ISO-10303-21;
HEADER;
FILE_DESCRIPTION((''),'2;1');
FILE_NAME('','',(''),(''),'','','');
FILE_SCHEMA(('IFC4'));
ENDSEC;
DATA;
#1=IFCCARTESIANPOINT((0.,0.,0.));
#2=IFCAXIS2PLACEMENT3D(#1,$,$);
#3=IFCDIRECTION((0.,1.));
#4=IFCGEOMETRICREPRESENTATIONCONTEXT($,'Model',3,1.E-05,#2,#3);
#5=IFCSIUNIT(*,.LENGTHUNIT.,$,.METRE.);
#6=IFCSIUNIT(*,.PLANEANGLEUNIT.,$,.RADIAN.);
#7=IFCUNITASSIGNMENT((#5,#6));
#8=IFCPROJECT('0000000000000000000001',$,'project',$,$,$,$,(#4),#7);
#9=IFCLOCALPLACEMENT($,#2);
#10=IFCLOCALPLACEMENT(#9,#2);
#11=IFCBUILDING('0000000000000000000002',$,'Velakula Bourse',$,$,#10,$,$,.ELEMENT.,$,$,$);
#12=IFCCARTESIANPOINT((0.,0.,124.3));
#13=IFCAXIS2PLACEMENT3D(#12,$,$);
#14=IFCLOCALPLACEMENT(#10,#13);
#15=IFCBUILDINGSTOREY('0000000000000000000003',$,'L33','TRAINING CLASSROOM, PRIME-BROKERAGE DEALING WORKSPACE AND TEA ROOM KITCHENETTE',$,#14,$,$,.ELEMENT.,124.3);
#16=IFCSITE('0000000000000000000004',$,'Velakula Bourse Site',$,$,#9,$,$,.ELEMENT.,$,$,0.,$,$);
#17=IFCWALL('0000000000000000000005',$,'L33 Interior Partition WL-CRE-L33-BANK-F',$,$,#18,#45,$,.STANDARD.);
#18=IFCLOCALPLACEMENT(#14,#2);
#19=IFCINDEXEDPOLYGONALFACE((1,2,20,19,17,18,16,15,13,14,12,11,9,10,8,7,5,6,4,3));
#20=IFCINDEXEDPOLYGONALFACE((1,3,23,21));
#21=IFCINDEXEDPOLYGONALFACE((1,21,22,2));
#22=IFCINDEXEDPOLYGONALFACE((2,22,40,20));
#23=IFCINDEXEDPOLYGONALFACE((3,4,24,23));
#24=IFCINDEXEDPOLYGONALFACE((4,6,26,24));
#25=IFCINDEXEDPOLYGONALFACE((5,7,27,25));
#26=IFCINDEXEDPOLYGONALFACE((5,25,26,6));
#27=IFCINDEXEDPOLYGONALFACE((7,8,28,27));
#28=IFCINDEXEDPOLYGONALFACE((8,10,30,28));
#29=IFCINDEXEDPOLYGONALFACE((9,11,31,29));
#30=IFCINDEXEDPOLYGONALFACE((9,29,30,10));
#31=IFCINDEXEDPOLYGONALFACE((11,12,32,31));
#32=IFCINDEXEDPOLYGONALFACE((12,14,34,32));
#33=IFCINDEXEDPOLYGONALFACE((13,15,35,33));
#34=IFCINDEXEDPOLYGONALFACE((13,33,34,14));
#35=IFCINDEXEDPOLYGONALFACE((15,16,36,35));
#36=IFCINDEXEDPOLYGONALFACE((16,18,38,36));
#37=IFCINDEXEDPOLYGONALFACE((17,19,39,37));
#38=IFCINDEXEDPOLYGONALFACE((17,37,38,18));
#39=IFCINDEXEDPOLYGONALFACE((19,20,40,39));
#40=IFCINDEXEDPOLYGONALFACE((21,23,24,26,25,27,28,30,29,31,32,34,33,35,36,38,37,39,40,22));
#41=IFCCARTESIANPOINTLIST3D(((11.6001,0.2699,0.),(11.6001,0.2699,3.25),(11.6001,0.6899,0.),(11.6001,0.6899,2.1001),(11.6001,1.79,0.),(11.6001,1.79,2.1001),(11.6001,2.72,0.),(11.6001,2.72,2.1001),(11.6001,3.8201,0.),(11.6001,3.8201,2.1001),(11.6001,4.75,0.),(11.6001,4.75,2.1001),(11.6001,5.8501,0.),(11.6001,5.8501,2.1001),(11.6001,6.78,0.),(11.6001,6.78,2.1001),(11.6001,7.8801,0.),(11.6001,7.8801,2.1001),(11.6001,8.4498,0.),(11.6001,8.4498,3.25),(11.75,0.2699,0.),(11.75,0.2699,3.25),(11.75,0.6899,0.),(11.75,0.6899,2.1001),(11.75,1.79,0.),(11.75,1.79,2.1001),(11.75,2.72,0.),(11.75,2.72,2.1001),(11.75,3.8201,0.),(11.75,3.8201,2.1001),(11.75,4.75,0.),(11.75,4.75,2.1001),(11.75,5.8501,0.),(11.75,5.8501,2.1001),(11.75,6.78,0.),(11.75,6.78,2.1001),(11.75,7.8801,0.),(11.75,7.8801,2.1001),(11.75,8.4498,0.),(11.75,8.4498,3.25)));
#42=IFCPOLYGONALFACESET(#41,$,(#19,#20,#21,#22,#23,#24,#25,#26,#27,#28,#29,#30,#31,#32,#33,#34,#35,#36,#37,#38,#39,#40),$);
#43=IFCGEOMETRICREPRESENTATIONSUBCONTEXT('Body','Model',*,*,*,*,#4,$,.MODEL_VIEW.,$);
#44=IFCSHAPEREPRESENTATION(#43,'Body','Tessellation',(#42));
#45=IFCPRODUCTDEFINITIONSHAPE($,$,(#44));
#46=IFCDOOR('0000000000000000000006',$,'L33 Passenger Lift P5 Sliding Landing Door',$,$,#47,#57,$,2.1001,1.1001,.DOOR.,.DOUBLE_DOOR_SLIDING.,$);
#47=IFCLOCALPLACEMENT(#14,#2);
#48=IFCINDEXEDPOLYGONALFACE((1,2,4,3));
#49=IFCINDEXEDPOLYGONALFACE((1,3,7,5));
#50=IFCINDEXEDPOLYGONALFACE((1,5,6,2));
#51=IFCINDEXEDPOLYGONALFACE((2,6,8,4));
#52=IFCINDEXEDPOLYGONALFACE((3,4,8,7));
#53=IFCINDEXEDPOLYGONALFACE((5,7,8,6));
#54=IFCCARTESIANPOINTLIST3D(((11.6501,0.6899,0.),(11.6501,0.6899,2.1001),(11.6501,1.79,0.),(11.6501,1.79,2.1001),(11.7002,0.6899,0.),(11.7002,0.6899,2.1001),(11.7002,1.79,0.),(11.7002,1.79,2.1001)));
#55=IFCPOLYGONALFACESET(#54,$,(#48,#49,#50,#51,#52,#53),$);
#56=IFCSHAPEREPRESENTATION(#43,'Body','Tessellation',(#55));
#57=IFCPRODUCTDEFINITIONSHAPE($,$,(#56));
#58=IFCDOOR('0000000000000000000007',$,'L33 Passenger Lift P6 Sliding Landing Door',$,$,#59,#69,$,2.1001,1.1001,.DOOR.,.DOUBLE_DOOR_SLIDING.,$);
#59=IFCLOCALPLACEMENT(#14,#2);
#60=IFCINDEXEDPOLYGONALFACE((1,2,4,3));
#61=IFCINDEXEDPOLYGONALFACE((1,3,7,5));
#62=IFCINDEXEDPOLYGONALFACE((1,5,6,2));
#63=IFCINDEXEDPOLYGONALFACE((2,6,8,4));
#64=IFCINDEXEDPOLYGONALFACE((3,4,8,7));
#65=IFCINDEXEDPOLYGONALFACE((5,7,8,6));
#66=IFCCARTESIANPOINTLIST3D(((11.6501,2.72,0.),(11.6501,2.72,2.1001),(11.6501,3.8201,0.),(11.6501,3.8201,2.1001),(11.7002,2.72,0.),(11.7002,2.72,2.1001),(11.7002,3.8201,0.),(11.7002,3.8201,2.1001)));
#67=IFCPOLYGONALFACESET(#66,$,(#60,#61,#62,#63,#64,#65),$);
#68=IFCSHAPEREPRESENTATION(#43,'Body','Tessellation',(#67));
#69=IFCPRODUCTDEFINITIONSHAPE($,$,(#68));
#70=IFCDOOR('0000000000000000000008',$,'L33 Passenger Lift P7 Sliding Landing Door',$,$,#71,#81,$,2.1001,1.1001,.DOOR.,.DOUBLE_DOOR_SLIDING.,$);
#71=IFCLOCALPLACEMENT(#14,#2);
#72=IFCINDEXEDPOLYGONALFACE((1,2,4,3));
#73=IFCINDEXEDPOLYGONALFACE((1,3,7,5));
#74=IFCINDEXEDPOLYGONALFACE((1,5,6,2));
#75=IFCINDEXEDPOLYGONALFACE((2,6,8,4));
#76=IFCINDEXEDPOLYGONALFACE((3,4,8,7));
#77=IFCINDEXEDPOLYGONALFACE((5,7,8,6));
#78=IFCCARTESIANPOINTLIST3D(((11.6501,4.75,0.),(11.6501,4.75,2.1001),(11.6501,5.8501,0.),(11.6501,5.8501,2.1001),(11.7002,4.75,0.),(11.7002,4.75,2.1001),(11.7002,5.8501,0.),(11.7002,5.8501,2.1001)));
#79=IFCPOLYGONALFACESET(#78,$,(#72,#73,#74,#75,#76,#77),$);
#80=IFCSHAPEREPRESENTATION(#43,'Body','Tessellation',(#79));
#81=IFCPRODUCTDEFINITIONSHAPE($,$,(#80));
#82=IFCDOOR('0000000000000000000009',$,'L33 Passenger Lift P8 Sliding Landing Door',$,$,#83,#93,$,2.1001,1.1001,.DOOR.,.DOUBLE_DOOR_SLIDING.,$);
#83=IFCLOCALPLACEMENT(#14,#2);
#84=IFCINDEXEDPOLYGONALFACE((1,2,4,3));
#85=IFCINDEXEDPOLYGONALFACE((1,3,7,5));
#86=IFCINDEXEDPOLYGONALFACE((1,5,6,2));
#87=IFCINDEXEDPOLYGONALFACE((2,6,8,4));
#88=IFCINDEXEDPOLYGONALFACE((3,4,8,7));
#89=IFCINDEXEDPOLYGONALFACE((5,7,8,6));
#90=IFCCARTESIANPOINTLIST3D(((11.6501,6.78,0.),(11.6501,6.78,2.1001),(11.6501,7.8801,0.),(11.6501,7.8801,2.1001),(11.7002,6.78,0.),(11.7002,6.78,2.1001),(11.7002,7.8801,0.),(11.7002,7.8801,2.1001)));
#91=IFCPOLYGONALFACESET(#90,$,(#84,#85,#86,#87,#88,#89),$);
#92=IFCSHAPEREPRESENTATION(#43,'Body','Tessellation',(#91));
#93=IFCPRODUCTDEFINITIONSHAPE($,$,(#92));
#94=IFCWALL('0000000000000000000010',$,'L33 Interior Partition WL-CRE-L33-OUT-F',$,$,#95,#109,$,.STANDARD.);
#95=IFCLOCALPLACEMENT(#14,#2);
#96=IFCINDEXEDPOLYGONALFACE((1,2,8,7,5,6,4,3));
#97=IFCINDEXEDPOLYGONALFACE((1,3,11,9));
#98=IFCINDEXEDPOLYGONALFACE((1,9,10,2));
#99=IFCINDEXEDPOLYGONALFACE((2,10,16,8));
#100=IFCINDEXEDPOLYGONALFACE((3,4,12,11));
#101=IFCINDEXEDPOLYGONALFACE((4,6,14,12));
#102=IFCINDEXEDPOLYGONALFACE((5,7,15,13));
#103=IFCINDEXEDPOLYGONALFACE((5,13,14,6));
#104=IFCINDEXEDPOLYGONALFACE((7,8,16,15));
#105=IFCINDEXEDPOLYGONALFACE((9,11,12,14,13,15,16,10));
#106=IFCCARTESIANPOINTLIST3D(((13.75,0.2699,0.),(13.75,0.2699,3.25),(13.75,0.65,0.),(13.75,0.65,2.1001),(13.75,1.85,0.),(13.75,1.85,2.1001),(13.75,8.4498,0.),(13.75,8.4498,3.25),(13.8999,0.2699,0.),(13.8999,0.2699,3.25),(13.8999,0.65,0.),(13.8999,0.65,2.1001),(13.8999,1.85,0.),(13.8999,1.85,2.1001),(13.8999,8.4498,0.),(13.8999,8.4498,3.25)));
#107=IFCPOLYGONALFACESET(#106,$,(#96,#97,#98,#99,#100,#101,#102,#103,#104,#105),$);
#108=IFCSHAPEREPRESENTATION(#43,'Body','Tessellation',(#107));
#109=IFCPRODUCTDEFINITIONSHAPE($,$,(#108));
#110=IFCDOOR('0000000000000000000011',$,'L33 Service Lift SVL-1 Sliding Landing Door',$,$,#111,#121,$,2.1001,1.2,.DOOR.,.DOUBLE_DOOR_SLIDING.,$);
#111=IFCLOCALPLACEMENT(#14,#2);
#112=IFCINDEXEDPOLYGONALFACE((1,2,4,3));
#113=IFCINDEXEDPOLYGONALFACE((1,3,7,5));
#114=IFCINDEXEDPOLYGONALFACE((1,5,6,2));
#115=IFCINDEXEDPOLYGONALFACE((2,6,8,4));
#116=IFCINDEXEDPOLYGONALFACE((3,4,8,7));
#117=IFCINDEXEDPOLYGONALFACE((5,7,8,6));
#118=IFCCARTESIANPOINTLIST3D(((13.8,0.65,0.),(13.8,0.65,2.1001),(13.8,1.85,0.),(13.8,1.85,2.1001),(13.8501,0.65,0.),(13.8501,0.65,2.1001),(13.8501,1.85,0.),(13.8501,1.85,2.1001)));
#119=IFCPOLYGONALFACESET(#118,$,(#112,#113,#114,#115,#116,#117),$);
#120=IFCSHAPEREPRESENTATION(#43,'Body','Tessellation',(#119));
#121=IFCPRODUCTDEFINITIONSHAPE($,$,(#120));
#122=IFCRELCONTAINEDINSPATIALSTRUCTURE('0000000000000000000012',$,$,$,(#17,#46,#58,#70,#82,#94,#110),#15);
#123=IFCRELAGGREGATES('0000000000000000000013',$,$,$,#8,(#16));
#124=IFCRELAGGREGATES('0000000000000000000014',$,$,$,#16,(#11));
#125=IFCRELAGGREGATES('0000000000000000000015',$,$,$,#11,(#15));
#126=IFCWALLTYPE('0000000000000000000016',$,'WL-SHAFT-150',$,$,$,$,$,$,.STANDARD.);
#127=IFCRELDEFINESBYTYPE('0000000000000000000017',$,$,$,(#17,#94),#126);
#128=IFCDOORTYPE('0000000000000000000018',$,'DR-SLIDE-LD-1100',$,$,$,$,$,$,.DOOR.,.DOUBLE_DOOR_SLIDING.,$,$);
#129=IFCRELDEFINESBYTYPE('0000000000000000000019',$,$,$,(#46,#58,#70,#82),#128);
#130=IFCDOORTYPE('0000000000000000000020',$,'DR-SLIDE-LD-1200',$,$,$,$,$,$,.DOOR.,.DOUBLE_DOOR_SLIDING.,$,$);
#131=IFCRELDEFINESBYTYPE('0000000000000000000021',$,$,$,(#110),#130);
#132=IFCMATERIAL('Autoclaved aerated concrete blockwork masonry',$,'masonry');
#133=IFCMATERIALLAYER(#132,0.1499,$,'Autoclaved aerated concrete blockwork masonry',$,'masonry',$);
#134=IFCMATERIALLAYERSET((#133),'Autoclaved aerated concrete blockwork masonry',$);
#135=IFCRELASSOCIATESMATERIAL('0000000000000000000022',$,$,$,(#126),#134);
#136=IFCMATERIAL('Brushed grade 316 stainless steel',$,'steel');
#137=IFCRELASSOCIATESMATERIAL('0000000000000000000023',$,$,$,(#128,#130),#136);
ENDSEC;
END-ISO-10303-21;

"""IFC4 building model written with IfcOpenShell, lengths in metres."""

from ifc_helpers import new_model, si_unit, direction, frame, frame_2d, origin, place, context, subcontext, project, spatial, rectangle, extrude, material, layer, layer_set, type_object, element, fill, save


model = new_model("IFC4")

# Units and contexts
model_context = context("Model", 3, precision=1e-05, world=origin(), true_north=direction((0.0, 1.0)))
body_context = subcontext(model_context, "Body", "Model", "MODEL_VIEW")
ifc_project = project(units=[si_unit("LENGTHUNIT", "METRE"), si_unit("PLANEANGLEUNIT", "RADIAN")], contexts=[model_context])

# Site, building, storey
site_placement = place(None, origin())
site = spatial("IfcSite", under=ifc_project, at=site_placement, Name="Velakula Bourse Site", CompositionType="ELEMENT", RefElevation=0.0)
building_placement = place(site_placement, origin())
building = spatial("IfcBuilding", under=site, at=building_placement, Name="Velakula Bourse", CompositionType="ELEMENT")
storey_placement = place(building_placement, frame((0.0, 0.0, 124.3)))
storey = spatial("IfcBuildingStorey", under=building, at=storey_placement, Name="L33", Description="TRAINING CLASSROOM, PRIME-BROKERAGE DEALING WORKSPACE AND TEA ROOM KITCHENETTE", CompositionType="ELEMENT", Elevation=124.3)

# Shared definitions
ifc_material_1 = material(Name="Autoclaved aerated concrete blockwork masonry", Category="masonry")
ifc_layer_1 = layer(ifc_material_1, 0.1499, Name="Autoclaved aerated concrete blockwork masonry", Category="masonry")
ifc_layer_set_1 = layer_set([ifc_layer_1], Name="Autoclaved aerated concrete blockwork masonry")
wall_type_1 = type_object("IfcWallType", Name="WL-SHAFT-150", PredefinedType="STANDARD", material=ifc_layer_set_1)

# Wall, openings, doors
wall_1_placement = place(storey_placement, frame((11.675, 0.27, 0.0), z_axis=(0.0, 0.0, 1.0), x_axis=(0.0, 1.0, 0.0)))
wall_1 = element("IfcWall", 1, at=wall_1_placement, inside=storey, type_object=wall_type_1, Name="L33 Interior Partition WL-CRE-L33-BANK-F", PredefinedType="STANDARD", context=body_context, shape_type="SweptSolid", body=[
    extrude(rectangle(XDim=8.1799, YDim=0.1499, at=frame_2d((4.0898, 0.0))), origin(), (0.0, 0.0, 1.0), 3.25),
])
opening_1_placement = place(wall_1_placement, frame((0.4199, 0.0, 0.0)))
opening_1 = element("IfcOpeningElement", 2, at=opening_1_placement, cuts=wall_1, PredefinedType="OPENING", context=body_context, shape_type="SweptSolid", body=[
    extrude(rectangle(XDim=1.1001, YDim=2.1001, at=frame_2d((0.55, 1.05))), frame((0.0, 0.085, 0.0), z_axis=(0.0, -1.0, 0.0), x_axis=(1.0, 0.0, 0.0)), (0.0, 0.0, 1.0), 0.1699),
])
opening_2_placement = place(wall_1_placement, frame((2.45, 0.0, 0.0)))
opening_2 = element("IfcOpeningElement", 3, at=opening_2_placement, cuts=wall_1, PredefinedType="OPENING", context=body_context, shape_type="SweptSolid", body=[
    extrude(rectangle(XDim=1.1001, YDim=2.1001, at=frame_2d((0.55, 1.05))), frame((0.0, 0.085, 0.0), z_axis=(0.0, -1.0, 0.0), x_axis=(1.0, 0.0, 0.0)), (0.0, 0.0, 1.0), 0.1699),
])
opening_3_placement = place(wall_1_placement, frame((4.48, 0.0, 0.0)))
opening_3 = element("IfcOpeningElement", 4, at=opening_3_placement, cuts=wall_1, PredefinedType="OPENING", context=body_context, shape_type="SweptSolid", body=[
    extrude(rectangle(XDim=1.1001, YDim=2.1001, at=frame_2d((0.55, 1.05))), frame((0.0, 0.085, 0.0), z_axis=(0.0, -1.0, 0.0), x_axis=(1.0, 0.0, 0.0)), (0.0, 0.0, 1.0), 0.1699),
])
opening_4_placement = place(wall_1_placement, frame((6.51, 0.0, 0.0)))
opening_4 = element("IfcOpeningElement", 5, at=opening_4_placement, cuts=wall_1, PredefinedType="OPENING", context=body_context, shape_type="SweptSolid", body=[
    extrude(rectangle(XDim=1.1001, YDim=2.1001, at=frame_2d((0.55, 1.05))), frame((0.0, 0.085, 0.0), z_axis=(0.0, -1.0, 0.0), x_axis=(1.0, 0.0, 0.0)), (0.0, 0.0, 1.0), 0.1699),
])
ifc_material_2 = material(Name="Brushed grade 316 stainless steel", Category="steel")
door_type_1 = type_object("IfcDoorType", Name="DR-SLIDE-LD-1100", OperationType="DOUBLE_DOOR_SLIDING", PredefinedType="DOOR", material=ifc_material_2)
door_1_placement = place(opening_1_placement, origin())
door_1 = element("IfcDoor", 6, at=door_1_placement, inside=storey, type_object=door_type_1, Name="L33 Passenger Lift P5 Sliding Landing Door", OperationType="DOUBLE_DOOR_SLIDING", OverallHeight=2.1001, OverallWidth=1.1001, PredefinedType="DOOR", context=body_context, shape_type="SweptSolid", body=[
    extrude(rectangle(XDim=1.1001, YDim=2.1001, at=frame_2d((0.55, 1.05))), frame((0.0, 0.0249, 0.0), z_axis=(0.0, -1.0, 0.0), x_axis=(1.0, 0.0, 0.0)), (0.0, 0.0, 1.0), 0.05),
])
fill(opening_1, door_1)
door_2_placement = place(opening_2_placement, origin())
door_2 = element("IfcDoor", 7, at=door_2_placement, inside=storey, type_object=door_type_1, Name="L33 Passenger Lift P6 Sliding Landing Door", OperationType="DOUBLE_DOOR_SLIDING", OverallHeight=2.1001, OverallWidth=1.1001, PredefinedType="DOOR", context=body_context, shape_type="SweptSolid", body=[
    extrude(rectangle(XDim=1.1001, YDim=2.1001, at=frame_2d((0.55, 1.05))), frame((0.0, 0.0249, 0.0), z_axis=(0.0, -1.0, 0.0), x_axis=(1.0, 0.0, 0.0)), (0.0, 0.0, 1.0), 0.05),
])
fill(opening_2, door_2)
door_3_placement = place(opening_3_placement, origin())
door_3 = element("IfcDoor", 8, at=door_3_placement, inside=storey, type_object=door_type_1, Name="L33 Passenger Lift P7 Sliding Landing Door", OperationType="DOUBLE_DOOR_SLIDING", OverallHeight=2.1001, OverallWidth=1.1001, PredefinedType="DOOR", context=body_context, shape_type="SweptSolid", body=[
    extrude(rectangle(XDim=1.1001, YDim=2.1001, at=frame_2d((0.55, 1.05))), frame((0.0, 0.0249, 0.0), z_axis=(0.0, -1.0, 0.0), x_axis=(1.0, 0.0, 0.0)), (0.0, 0.0, 1.0), 0.05),
])
fill(opening_3, door_3)
door_4_placement = place(opening_4_placement, origin())
door_4 = element("IfcDoor", 9, at=door_4_placement, inside=storey, type_object=door_type_1, Name="L33 Passenger Lift P8 Sliding Landing Door", OperationType="DOUBLE_DOOR_SLIDING", OverallHeight=2.1001, OverallWidth=1.1001, PredefinedType="DOOR", context=body_context, shape_type="SweptSolid", body=[
    extrude(rectangle(XDim=1.1001, YDim=2.1001, at=frame_2d((0.55, 1.05))), frame((0.0, 0.0249, 0.0), z_axis=(0.0, -1.0, 0.0), x_axis=(1.0, 0.0, 0.0)), (0.0, 0.0, 1.0), 0.05),
])
fill(opening_4, door_4)

# Wall, opening, door
wall_2_placement = place(storey_placement, frame((13.825, 0.27, 0.0), z_axis=(0.0, 0.0, 1.0), x_axis=(0.0, 1.0, 0.0)))
wall_2 = element("IfcWall", 10, at=wall_2_placement, inside=storey, type_object=wall_type_1, Name="L33 Interior Partition WL-CRE-L33-OUT-F", PredefinedType="STANDARD", context=body_context, shape_type="SweptSolid", body=[
    extrude(rectangle(XDim=8.1799, YDim=0.1499, at=frame_2d((4.0898, 0.0))), origin(), (0.0, 0.0, 1.0), 3.25),
])
opening_5_placement = place(wall_2_placement, frame((0.3799, 0.0, 0.0)))
opening_5 = element("IfcOpeningElement", 11, at=opening_5_placement, cuts=wall_2, PredefinedType="OPENING", context=body_context, shape_type="SweptSolid", body=[
    extrude(rectangle(XDim=1.2, YDim=2.1001, at=frame_2d((0.6001, 1.05))), frame((0.0, 0.085, 0.0), z_axis=(0.0, -1.0, 0.0), x_axis=(1.0, 0.0, 0.0)), (0.0, 0.0, 1.0), 0.1699),
])
door_type_2 = type_object("IfcDoorType", Name="DR-SLIDE-LD-1200", OperationType="DOUBLE_DOOR_SLIDING", PredefinedType="DOOR", material=ifc_material_2)
door_5_placement = place(opening_5_placement, origin())
door_5 = element("IfcDoor", 12, at=door_5_placement, inside=storey, type_object=door_type_2, Name="L33 Service Lift SVL-1 Sliding Landing Door", OperationType="DOUBLE_DOOR_SLIDING", OverallHeight=2.1001, OverallWidth=1.2, PredefinedType="DOOR", context=body_context, shape_type="SweptSolid", body=[
    extrude(rectangle(XDim=1.2, YDim=2.1001, at=frame_2d((0.6001, 1.05))), frame((0.0, 0.0249, 0.0), z_axis=(0.0, -1.0, 0.0), x_axis=(1.0, 0.0, 0.0)), (0.0, 0.0, 1.0), 0.05),
])
fill(opening_5, door_5)

save(model, "model.ifc")
